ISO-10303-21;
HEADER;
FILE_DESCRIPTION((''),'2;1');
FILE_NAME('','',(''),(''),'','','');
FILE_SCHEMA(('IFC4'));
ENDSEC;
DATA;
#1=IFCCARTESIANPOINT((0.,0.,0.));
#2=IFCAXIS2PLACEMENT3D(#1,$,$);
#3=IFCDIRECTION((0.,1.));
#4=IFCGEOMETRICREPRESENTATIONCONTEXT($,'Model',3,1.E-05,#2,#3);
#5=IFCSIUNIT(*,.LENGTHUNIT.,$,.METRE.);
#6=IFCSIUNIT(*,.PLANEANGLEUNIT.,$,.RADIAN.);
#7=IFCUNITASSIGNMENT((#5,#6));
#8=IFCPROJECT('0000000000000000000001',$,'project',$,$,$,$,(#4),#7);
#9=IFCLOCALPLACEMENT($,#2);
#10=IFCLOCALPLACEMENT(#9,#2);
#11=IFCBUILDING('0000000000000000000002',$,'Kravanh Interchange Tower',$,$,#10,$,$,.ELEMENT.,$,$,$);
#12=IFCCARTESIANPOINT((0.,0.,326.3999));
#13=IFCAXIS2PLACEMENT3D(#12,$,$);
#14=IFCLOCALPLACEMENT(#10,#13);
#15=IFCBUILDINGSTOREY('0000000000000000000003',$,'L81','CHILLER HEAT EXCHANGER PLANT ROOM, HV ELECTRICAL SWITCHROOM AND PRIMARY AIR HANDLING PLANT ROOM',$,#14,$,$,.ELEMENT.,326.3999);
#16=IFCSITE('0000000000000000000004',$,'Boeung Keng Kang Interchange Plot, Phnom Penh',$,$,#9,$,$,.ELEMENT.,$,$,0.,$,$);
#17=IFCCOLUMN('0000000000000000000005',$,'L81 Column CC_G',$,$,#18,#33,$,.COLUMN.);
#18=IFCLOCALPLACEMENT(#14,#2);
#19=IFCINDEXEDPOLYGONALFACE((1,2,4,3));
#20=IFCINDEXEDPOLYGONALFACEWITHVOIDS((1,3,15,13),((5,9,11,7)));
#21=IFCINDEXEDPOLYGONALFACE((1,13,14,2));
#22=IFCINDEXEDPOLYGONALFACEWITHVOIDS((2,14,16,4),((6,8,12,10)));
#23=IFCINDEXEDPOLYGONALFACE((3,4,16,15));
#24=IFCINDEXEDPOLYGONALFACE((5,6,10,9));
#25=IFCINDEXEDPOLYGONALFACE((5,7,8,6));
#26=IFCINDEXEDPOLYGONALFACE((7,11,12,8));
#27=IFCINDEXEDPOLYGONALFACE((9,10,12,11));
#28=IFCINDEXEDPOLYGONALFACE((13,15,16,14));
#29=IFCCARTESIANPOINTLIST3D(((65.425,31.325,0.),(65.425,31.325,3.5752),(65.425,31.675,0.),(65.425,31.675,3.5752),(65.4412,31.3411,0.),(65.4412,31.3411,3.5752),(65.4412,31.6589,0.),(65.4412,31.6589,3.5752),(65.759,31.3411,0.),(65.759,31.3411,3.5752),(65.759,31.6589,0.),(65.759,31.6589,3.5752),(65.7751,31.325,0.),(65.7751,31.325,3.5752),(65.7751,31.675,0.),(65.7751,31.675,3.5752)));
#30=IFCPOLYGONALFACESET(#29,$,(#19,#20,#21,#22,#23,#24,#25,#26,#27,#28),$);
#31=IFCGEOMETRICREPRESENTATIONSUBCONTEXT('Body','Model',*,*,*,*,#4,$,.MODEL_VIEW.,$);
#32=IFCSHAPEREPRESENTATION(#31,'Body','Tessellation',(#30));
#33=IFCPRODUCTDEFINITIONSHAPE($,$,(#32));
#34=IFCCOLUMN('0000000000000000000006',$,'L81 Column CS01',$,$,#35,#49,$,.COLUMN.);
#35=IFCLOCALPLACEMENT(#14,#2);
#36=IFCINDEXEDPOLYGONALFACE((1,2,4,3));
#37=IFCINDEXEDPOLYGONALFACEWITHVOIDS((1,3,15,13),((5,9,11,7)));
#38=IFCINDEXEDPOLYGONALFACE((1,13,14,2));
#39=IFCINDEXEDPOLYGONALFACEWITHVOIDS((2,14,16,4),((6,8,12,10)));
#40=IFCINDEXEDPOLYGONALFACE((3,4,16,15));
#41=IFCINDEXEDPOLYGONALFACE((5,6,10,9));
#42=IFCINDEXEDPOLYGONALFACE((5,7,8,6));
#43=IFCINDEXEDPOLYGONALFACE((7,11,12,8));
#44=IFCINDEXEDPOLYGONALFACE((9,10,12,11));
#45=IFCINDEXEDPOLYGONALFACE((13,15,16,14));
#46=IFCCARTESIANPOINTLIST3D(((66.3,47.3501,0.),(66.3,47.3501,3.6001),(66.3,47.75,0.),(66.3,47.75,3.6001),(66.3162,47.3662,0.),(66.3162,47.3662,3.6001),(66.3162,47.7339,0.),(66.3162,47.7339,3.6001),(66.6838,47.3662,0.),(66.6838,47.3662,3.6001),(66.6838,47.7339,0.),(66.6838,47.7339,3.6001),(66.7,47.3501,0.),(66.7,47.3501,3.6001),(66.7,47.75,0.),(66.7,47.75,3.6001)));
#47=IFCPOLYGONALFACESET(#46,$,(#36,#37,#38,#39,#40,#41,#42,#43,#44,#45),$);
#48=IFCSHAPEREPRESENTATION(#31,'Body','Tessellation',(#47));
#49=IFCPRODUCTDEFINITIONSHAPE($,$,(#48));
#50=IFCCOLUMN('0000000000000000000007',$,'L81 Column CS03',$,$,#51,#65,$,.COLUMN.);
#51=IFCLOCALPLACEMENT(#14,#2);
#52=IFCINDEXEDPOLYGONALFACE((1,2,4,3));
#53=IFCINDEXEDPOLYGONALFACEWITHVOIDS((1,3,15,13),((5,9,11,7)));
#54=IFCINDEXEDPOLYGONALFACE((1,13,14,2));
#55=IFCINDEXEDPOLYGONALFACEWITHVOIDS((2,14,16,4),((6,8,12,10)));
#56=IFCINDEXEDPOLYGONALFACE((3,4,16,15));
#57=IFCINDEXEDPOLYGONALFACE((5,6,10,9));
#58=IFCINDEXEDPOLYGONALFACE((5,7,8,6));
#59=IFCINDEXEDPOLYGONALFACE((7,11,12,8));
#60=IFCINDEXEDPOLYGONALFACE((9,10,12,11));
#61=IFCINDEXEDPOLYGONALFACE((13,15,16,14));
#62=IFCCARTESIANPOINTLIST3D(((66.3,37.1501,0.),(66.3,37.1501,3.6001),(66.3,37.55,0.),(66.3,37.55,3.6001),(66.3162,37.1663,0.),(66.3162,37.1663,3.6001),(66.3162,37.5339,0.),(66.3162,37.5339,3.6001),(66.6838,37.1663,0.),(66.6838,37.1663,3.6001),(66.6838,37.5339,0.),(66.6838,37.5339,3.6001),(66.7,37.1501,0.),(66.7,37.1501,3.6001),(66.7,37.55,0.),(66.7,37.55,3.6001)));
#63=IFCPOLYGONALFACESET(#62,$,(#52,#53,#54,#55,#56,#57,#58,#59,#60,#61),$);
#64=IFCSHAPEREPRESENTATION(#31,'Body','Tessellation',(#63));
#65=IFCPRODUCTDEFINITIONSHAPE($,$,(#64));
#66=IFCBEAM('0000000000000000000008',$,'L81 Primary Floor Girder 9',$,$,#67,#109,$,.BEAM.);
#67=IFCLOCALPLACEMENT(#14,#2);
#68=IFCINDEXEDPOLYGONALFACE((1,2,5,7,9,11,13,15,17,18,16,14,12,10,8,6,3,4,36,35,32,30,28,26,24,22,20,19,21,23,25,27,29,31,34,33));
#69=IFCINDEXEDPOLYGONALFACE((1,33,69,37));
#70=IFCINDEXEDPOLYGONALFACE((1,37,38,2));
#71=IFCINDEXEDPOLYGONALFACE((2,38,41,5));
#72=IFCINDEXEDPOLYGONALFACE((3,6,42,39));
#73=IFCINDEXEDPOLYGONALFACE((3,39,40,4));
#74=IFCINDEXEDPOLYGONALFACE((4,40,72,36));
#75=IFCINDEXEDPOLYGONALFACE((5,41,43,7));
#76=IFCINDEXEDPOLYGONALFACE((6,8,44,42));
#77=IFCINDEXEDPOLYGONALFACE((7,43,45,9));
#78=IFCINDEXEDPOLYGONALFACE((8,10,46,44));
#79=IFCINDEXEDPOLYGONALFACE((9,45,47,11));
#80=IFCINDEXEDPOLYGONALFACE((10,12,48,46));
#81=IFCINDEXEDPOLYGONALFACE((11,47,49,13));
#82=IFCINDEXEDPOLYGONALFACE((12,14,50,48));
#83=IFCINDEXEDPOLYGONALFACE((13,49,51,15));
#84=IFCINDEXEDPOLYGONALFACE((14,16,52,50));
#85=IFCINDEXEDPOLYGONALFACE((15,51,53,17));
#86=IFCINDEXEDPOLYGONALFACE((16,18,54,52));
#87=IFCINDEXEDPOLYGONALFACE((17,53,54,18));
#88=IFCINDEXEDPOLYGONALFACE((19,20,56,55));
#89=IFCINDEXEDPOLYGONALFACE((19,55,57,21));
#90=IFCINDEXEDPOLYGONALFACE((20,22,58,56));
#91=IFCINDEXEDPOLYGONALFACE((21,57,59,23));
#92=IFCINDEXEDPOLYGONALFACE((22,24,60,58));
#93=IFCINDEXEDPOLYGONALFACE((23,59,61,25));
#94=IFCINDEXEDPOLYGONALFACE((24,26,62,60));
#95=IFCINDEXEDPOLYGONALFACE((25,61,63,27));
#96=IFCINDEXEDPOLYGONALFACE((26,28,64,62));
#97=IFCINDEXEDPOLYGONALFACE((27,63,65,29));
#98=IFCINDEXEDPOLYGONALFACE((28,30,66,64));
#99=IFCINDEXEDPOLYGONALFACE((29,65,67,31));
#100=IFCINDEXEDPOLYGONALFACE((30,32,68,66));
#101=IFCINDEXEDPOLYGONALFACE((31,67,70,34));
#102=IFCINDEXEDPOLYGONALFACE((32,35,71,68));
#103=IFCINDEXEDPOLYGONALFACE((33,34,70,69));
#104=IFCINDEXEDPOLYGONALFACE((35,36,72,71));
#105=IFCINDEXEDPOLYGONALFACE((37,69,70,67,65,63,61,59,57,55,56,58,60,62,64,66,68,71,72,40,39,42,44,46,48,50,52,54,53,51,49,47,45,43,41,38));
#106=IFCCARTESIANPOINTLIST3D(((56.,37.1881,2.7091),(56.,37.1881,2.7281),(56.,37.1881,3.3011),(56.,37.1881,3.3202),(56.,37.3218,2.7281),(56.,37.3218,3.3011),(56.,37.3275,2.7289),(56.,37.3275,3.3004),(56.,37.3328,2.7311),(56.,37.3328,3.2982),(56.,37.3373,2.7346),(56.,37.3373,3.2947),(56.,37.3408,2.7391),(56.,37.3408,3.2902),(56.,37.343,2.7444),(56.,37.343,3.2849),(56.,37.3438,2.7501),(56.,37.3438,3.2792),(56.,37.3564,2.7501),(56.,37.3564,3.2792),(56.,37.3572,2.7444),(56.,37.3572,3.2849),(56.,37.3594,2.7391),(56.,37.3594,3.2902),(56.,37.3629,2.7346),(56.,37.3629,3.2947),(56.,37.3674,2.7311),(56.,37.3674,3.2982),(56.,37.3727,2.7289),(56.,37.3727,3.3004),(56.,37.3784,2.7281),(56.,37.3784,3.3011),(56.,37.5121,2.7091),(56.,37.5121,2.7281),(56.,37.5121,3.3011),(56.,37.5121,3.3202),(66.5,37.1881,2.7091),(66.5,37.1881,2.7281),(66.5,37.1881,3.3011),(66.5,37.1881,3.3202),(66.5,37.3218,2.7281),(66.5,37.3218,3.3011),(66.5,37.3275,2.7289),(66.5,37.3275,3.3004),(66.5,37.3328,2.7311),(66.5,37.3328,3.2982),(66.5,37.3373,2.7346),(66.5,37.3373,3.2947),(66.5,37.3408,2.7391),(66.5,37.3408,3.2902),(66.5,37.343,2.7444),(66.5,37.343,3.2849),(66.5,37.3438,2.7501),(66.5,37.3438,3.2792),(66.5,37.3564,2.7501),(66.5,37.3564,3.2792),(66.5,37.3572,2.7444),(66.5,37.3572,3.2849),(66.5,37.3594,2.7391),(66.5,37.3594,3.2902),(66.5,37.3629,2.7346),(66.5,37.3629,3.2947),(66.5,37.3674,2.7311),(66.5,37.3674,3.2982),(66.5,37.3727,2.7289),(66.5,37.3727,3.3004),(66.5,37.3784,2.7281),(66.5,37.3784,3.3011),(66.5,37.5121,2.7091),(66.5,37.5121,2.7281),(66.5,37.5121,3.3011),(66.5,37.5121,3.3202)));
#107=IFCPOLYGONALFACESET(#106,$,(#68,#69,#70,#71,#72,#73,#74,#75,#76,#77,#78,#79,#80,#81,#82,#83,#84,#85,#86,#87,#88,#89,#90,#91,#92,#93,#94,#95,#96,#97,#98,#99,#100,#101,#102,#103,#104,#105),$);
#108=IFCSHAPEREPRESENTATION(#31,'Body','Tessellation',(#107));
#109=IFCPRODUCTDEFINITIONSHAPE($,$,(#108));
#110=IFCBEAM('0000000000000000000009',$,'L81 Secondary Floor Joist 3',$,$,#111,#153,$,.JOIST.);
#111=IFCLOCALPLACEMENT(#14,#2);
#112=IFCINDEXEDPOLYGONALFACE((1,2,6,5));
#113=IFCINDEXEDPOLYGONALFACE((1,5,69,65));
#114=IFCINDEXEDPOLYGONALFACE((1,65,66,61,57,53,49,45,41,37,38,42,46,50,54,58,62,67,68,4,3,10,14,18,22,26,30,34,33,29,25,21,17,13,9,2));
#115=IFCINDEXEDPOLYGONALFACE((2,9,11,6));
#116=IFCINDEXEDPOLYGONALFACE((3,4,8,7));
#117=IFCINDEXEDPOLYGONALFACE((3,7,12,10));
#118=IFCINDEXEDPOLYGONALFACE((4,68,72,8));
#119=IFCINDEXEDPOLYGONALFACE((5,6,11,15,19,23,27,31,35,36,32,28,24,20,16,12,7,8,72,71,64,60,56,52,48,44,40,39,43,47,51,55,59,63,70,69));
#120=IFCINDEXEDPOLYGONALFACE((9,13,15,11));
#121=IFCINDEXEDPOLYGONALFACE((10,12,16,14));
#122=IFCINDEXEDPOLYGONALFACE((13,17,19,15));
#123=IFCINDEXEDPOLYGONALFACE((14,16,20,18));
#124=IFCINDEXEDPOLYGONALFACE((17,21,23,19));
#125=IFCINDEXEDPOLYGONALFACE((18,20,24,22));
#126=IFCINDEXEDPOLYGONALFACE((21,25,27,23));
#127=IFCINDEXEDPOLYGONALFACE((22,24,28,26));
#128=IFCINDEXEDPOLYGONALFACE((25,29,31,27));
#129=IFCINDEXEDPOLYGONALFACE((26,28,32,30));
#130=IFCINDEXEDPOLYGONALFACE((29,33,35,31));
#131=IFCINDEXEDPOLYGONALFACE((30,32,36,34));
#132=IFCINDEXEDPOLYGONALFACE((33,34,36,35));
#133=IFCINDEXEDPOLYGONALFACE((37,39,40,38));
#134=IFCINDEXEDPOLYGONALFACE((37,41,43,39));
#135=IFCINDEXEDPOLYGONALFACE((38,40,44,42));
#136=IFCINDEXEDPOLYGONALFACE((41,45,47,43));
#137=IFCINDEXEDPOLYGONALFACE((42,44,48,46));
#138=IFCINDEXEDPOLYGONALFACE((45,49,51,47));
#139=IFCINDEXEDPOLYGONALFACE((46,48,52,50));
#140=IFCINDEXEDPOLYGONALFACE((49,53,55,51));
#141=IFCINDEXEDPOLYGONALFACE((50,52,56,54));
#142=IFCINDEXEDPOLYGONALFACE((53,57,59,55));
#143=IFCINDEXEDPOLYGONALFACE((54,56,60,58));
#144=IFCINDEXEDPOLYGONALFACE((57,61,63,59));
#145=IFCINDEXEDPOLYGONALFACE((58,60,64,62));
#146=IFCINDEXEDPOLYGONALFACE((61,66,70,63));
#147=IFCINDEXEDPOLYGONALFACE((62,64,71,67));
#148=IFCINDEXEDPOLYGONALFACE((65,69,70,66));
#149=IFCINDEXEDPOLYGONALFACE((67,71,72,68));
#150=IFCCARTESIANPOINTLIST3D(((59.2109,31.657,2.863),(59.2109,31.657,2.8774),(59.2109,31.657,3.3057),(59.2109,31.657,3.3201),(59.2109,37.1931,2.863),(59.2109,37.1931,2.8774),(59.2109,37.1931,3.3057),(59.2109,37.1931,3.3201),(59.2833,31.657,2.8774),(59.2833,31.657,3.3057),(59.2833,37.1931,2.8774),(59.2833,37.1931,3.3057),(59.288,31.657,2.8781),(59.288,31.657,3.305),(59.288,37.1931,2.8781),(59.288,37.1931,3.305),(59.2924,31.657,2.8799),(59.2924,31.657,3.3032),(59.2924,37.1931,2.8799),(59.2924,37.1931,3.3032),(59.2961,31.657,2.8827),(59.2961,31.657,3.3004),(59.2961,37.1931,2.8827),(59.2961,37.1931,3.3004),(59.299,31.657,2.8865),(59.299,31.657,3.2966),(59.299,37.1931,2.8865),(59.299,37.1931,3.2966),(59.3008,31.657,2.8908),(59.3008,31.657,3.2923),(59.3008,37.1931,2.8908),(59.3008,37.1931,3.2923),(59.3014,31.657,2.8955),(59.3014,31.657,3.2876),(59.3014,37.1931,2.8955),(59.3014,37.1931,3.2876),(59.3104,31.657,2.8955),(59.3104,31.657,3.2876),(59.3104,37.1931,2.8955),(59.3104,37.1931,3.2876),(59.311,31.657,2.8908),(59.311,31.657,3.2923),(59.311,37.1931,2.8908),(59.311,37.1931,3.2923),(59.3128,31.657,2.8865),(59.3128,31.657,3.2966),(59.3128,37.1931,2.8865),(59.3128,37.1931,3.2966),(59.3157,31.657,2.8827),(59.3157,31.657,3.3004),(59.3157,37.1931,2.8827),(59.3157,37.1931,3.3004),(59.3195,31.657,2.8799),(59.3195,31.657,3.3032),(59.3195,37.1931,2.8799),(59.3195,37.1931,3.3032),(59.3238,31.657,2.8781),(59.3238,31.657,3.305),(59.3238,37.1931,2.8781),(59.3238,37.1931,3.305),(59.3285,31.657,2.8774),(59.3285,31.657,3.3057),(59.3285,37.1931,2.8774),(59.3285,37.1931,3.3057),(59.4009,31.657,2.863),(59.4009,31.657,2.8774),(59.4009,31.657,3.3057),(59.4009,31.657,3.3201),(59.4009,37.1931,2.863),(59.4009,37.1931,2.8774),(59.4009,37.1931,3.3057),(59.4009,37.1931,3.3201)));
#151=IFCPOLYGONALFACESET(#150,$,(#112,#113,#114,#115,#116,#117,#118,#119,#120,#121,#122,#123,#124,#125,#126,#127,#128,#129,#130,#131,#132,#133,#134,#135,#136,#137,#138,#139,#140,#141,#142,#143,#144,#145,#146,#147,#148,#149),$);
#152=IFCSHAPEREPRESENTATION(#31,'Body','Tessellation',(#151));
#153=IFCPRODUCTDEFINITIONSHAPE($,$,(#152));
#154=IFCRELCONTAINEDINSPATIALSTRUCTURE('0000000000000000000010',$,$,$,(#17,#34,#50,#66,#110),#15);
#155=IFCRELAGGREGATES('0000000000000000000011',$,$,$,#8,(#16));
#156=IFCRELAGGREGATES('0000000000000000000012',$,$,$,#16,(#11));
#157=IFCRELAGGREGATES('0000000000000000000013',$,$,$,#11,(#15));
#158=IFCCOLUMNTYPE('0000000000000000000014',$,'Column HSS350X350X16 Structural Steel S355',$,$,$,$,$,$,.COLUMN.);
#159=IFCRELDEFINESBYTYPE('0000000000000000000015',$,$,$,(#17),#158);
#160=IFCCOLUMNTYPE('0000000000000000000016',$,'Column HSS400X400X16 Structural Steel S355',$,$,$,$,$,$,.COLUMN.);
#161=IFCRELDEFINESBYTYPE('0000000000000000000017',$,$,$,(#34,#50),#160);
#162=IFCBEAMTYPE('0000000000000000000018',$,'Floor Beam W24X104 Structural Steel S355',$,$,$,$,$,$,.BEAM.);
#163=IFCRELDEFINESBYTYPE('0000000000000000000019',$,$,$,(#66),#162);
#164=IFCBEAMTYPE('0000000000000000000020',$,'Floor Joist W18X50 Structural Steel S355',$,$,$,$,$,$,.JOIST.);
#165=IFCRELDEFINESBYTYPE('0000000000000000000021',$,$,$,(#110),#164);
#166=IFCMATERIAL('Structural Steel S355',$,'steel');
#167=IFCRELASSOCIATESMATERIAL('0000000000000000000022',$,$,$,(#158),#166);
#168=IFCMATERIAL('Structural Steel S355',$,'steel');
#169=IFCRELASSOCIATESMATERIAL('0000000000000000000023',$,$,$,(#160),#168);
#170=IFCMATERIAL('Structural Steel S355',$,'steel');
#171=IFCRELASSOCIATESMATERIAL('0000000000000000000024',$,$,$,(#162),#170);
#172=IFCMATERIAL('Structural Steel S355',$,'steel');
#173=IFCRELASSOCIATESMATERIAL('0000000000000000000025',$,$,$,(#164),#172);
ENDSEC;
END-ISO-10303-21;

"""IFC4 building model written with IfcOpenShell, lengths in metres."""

from ifc_helpers import new_model, si_unit, direction, frame, origin, origin_2d, place, context, subcontext, project, spatial, hollow_rectangle, i_section, extrude, material, material_profile, profile_set, type_object, element, save


model = new_model("IFC4")

# Units and contexts
model_context = context("Model", 3, precision=1e-05, world=origin(), true_north=direction((0.0, 1.0)))
body_context = subcontext(model_context, "Body", "Model", "MODEL_VIEW")
ifc_project = project(units=[si_unit("LENGTHUNIT", "METRE"), si_unit("PLANEANGLEUNIT", "RADIAN")], contexts=[model_context])

# Site, building, storey
site_placement = place(None, origin())
site = spatial("IfcSite", under=ifc_project, at=site_placement, Name="Boeung Keng Kang Interchange Plot, Phnom Penh", CompositionType="ELEMENT", RefElevation=0.0)
building_placement = place(site_placement, origin())
building = spatial("IfcBuilding", under=site, at=building_placement, Name="Kravanh Interchange Tower", CompositionType="ELEMENT")
storey_placement = place(building_placement, frame((0.0, 0.0, 326.3999)))
storey = spatial("IfcBuildingStorey", under=building, at=storey_placement, Name="L81", Description="CHILLER HEAT EXCHANGER PLANT ROOM, HV ELECTRICAL SWITCHROOM AND PRIMARY AIR HANDLING PLANT ROOM", CompositionType="ELEMENT", Elevation=326.3999)

# Columns
ifc_material_1 = material(Name="Structural Steel S355", Category="steel")
ifc_material_profile_1 = material_profile(ifc_material_1, hollow_rectangle(XDim=0.3501, YDim=0.3501, WallThickness=0.0161, at=origin_2d()), Name="HSS350X350X16")
ifc_profile_set_1 = profile_set([ifc_material_profile_1], Name="Structural Steel S355")
column_type_1 = type_object("IfcColumnType", Name="Column HSS350X350X16 Structural Steel S355", PredefinedType="COLUMN", material=ifc_profile_set_1)
column_placement = place(storey_placement, frame((65.6001, 31.5, 0.0), z_axis=(0.0, 0.0, 1.0), x_axis=(1.0, 0.0, 0.0)))
element("IfcColumn", 1, at=column_placement, inside=storey, type_object=column_type_1, Name="L81 Column CC_G", PredefinedType="COLUMN", context=body_context, shape_type="SweptSolid", body=[
    extrude(hollow_rectangle(XDim=0.3501, YDim=0.3501, WallThickness=0.0161, at=origin_2d()), origin(), (0.0, 0.0, 1.0), 3.5752),
])
ifc_material_2 = material(Name="Structural Steel S355", Category="steel")
ifc_material_profile_2 = material_profile(ifc_material_2, hollow_rectangle(XDim=0.3999, YDim=0.3999, WallThickness=0.0161, at=origin_2d()), Name="HSS400X400X16")
ifc_profile_set_2 = profile_set([ifc_material_profile_2], Name="Structural Steel S355")
column_type_2 = type_object("IfcColumnType", Name="Column HSS400X400X16 Structural Steel S355", PredefinedType="COLUMN", material=ifc_profile_set_2)
for number, where, z_axis, x_axis, name in (
    (2, (66.5, 47.55, 0.0), (0.0, 0.0, 1.0), (1.0, 0.0, 0.0), "L81 Column CS01"),
    (3, (66.5, 37.3501, 0.0), (0.0, 0.0, 1.0), (1.0, 0.0, 0.0), "L81 Column CS03"),
):
    element("IfcColumn", number, at=place(storey_placement, frame(where, z_axis=z_axis, x_axis=x_axis)), inside=storey, type_object=column_type_2, Name=name, PredefinedType="COLUMN", context=body_context, shape_type="SweptSolid", body=[
        extrude(hollow_rectangle(XDim=0.3999, YDim=0.3999, WallThickness=0.0161, at=origin_2d()), origin(), (0.0, 0.0, 1.0), 3.6001),
    ])

# Beams
ifc_material_3 = material(Name="Structural Steel S355", Category="steel")
ifc_material_profile_3 = material_profile(ifc_material_3, i_section(OverallWidth=0.324, OverallDepth=0.6111, WebThickness=0.0127, FlangeThickness=0.019, FilletRadius=0.022, at=origin_2d()), Name="W24X104")
ifc_profile_set_3 = profile_set([ifc_material_profile_3], Name="Structural Steel S355")
beam_type_1 = type_object("IfcBeamType", Name="Floor Beam W24X104 Structural Steel S355", PredefinedType="BEAM", material=ifc_profile_set_3)
beam_placement = place(storey_placement, frame((66.5, 37.3501, 3.0146), z_axis=(-1.0, 0.0, 0.0), x_axis=(0.0, -1.0, 0.0)))
element("IfcBeam", 4, at=beam_placement, inside=storey, type_object=beam_type_1, Name="L81 Primary Floor Girder 9", PredefinedType="BEAM", context=body_context, shape_type="SweptSolid", body=[
    extrude(i_section(OverallWidth=0.324, OverallDepth=0.6111, WebThickness=0.0127, FlangeThickness=0.019, FilletRadius=0.022, at=origin_2d()), origin(), (0.0, 0.0, 1.0), 10.5),
])
ifc_material_4 = material(Name="Structural Steel S355", Category="steel")
ifc_material_profile_4 = material_profile(ifc_material_4, i_section(OverallWidth=0.1899, OverallDepth=0.457, WebThickness=0.009, FlangeThickness=0.0144, FilletRadius=0.0181, at=origin_2d()), Name="W18X50")
ifc_profile_set_4 = profile_set([ifc_material_profile_4], Name="Structural Steel S355")
beam_type_2 = type_object("IfcBeamType", Name="Floor Joist W18X50 Structural Steel S355", PredefinedType="JOIST", material=ifc_profile_set_4)
for number, where, z_axis, x_axis, name in (
    (5, (59.3059, 31.657, 3.0916), (0.0, 1.0, 0.0), (-1.0, 0.0, 0.0), "L81 Secondary Floor Joist 3"),
):
    element("IfcBeam", number, at=place(storey_placement, frame(where, z_axis=z_axis, x_axis=x_axis)), inside=storey, type_object=beam_type_2, Name=name, PredefinedType="JOIST", context=body_context, shape_type="SweptSolid", body=[
        extrude(i_section(OverallWidth=0.1899, OverallDepth=0.457, WebThickness=0.009, FlangeThickness=0.0144, FilletRadius=0.0181, at=origin_2d()), origin(), (0.0, 0.0, 1.0), 5.5361),
    ])

save(model, "model.ifc")
